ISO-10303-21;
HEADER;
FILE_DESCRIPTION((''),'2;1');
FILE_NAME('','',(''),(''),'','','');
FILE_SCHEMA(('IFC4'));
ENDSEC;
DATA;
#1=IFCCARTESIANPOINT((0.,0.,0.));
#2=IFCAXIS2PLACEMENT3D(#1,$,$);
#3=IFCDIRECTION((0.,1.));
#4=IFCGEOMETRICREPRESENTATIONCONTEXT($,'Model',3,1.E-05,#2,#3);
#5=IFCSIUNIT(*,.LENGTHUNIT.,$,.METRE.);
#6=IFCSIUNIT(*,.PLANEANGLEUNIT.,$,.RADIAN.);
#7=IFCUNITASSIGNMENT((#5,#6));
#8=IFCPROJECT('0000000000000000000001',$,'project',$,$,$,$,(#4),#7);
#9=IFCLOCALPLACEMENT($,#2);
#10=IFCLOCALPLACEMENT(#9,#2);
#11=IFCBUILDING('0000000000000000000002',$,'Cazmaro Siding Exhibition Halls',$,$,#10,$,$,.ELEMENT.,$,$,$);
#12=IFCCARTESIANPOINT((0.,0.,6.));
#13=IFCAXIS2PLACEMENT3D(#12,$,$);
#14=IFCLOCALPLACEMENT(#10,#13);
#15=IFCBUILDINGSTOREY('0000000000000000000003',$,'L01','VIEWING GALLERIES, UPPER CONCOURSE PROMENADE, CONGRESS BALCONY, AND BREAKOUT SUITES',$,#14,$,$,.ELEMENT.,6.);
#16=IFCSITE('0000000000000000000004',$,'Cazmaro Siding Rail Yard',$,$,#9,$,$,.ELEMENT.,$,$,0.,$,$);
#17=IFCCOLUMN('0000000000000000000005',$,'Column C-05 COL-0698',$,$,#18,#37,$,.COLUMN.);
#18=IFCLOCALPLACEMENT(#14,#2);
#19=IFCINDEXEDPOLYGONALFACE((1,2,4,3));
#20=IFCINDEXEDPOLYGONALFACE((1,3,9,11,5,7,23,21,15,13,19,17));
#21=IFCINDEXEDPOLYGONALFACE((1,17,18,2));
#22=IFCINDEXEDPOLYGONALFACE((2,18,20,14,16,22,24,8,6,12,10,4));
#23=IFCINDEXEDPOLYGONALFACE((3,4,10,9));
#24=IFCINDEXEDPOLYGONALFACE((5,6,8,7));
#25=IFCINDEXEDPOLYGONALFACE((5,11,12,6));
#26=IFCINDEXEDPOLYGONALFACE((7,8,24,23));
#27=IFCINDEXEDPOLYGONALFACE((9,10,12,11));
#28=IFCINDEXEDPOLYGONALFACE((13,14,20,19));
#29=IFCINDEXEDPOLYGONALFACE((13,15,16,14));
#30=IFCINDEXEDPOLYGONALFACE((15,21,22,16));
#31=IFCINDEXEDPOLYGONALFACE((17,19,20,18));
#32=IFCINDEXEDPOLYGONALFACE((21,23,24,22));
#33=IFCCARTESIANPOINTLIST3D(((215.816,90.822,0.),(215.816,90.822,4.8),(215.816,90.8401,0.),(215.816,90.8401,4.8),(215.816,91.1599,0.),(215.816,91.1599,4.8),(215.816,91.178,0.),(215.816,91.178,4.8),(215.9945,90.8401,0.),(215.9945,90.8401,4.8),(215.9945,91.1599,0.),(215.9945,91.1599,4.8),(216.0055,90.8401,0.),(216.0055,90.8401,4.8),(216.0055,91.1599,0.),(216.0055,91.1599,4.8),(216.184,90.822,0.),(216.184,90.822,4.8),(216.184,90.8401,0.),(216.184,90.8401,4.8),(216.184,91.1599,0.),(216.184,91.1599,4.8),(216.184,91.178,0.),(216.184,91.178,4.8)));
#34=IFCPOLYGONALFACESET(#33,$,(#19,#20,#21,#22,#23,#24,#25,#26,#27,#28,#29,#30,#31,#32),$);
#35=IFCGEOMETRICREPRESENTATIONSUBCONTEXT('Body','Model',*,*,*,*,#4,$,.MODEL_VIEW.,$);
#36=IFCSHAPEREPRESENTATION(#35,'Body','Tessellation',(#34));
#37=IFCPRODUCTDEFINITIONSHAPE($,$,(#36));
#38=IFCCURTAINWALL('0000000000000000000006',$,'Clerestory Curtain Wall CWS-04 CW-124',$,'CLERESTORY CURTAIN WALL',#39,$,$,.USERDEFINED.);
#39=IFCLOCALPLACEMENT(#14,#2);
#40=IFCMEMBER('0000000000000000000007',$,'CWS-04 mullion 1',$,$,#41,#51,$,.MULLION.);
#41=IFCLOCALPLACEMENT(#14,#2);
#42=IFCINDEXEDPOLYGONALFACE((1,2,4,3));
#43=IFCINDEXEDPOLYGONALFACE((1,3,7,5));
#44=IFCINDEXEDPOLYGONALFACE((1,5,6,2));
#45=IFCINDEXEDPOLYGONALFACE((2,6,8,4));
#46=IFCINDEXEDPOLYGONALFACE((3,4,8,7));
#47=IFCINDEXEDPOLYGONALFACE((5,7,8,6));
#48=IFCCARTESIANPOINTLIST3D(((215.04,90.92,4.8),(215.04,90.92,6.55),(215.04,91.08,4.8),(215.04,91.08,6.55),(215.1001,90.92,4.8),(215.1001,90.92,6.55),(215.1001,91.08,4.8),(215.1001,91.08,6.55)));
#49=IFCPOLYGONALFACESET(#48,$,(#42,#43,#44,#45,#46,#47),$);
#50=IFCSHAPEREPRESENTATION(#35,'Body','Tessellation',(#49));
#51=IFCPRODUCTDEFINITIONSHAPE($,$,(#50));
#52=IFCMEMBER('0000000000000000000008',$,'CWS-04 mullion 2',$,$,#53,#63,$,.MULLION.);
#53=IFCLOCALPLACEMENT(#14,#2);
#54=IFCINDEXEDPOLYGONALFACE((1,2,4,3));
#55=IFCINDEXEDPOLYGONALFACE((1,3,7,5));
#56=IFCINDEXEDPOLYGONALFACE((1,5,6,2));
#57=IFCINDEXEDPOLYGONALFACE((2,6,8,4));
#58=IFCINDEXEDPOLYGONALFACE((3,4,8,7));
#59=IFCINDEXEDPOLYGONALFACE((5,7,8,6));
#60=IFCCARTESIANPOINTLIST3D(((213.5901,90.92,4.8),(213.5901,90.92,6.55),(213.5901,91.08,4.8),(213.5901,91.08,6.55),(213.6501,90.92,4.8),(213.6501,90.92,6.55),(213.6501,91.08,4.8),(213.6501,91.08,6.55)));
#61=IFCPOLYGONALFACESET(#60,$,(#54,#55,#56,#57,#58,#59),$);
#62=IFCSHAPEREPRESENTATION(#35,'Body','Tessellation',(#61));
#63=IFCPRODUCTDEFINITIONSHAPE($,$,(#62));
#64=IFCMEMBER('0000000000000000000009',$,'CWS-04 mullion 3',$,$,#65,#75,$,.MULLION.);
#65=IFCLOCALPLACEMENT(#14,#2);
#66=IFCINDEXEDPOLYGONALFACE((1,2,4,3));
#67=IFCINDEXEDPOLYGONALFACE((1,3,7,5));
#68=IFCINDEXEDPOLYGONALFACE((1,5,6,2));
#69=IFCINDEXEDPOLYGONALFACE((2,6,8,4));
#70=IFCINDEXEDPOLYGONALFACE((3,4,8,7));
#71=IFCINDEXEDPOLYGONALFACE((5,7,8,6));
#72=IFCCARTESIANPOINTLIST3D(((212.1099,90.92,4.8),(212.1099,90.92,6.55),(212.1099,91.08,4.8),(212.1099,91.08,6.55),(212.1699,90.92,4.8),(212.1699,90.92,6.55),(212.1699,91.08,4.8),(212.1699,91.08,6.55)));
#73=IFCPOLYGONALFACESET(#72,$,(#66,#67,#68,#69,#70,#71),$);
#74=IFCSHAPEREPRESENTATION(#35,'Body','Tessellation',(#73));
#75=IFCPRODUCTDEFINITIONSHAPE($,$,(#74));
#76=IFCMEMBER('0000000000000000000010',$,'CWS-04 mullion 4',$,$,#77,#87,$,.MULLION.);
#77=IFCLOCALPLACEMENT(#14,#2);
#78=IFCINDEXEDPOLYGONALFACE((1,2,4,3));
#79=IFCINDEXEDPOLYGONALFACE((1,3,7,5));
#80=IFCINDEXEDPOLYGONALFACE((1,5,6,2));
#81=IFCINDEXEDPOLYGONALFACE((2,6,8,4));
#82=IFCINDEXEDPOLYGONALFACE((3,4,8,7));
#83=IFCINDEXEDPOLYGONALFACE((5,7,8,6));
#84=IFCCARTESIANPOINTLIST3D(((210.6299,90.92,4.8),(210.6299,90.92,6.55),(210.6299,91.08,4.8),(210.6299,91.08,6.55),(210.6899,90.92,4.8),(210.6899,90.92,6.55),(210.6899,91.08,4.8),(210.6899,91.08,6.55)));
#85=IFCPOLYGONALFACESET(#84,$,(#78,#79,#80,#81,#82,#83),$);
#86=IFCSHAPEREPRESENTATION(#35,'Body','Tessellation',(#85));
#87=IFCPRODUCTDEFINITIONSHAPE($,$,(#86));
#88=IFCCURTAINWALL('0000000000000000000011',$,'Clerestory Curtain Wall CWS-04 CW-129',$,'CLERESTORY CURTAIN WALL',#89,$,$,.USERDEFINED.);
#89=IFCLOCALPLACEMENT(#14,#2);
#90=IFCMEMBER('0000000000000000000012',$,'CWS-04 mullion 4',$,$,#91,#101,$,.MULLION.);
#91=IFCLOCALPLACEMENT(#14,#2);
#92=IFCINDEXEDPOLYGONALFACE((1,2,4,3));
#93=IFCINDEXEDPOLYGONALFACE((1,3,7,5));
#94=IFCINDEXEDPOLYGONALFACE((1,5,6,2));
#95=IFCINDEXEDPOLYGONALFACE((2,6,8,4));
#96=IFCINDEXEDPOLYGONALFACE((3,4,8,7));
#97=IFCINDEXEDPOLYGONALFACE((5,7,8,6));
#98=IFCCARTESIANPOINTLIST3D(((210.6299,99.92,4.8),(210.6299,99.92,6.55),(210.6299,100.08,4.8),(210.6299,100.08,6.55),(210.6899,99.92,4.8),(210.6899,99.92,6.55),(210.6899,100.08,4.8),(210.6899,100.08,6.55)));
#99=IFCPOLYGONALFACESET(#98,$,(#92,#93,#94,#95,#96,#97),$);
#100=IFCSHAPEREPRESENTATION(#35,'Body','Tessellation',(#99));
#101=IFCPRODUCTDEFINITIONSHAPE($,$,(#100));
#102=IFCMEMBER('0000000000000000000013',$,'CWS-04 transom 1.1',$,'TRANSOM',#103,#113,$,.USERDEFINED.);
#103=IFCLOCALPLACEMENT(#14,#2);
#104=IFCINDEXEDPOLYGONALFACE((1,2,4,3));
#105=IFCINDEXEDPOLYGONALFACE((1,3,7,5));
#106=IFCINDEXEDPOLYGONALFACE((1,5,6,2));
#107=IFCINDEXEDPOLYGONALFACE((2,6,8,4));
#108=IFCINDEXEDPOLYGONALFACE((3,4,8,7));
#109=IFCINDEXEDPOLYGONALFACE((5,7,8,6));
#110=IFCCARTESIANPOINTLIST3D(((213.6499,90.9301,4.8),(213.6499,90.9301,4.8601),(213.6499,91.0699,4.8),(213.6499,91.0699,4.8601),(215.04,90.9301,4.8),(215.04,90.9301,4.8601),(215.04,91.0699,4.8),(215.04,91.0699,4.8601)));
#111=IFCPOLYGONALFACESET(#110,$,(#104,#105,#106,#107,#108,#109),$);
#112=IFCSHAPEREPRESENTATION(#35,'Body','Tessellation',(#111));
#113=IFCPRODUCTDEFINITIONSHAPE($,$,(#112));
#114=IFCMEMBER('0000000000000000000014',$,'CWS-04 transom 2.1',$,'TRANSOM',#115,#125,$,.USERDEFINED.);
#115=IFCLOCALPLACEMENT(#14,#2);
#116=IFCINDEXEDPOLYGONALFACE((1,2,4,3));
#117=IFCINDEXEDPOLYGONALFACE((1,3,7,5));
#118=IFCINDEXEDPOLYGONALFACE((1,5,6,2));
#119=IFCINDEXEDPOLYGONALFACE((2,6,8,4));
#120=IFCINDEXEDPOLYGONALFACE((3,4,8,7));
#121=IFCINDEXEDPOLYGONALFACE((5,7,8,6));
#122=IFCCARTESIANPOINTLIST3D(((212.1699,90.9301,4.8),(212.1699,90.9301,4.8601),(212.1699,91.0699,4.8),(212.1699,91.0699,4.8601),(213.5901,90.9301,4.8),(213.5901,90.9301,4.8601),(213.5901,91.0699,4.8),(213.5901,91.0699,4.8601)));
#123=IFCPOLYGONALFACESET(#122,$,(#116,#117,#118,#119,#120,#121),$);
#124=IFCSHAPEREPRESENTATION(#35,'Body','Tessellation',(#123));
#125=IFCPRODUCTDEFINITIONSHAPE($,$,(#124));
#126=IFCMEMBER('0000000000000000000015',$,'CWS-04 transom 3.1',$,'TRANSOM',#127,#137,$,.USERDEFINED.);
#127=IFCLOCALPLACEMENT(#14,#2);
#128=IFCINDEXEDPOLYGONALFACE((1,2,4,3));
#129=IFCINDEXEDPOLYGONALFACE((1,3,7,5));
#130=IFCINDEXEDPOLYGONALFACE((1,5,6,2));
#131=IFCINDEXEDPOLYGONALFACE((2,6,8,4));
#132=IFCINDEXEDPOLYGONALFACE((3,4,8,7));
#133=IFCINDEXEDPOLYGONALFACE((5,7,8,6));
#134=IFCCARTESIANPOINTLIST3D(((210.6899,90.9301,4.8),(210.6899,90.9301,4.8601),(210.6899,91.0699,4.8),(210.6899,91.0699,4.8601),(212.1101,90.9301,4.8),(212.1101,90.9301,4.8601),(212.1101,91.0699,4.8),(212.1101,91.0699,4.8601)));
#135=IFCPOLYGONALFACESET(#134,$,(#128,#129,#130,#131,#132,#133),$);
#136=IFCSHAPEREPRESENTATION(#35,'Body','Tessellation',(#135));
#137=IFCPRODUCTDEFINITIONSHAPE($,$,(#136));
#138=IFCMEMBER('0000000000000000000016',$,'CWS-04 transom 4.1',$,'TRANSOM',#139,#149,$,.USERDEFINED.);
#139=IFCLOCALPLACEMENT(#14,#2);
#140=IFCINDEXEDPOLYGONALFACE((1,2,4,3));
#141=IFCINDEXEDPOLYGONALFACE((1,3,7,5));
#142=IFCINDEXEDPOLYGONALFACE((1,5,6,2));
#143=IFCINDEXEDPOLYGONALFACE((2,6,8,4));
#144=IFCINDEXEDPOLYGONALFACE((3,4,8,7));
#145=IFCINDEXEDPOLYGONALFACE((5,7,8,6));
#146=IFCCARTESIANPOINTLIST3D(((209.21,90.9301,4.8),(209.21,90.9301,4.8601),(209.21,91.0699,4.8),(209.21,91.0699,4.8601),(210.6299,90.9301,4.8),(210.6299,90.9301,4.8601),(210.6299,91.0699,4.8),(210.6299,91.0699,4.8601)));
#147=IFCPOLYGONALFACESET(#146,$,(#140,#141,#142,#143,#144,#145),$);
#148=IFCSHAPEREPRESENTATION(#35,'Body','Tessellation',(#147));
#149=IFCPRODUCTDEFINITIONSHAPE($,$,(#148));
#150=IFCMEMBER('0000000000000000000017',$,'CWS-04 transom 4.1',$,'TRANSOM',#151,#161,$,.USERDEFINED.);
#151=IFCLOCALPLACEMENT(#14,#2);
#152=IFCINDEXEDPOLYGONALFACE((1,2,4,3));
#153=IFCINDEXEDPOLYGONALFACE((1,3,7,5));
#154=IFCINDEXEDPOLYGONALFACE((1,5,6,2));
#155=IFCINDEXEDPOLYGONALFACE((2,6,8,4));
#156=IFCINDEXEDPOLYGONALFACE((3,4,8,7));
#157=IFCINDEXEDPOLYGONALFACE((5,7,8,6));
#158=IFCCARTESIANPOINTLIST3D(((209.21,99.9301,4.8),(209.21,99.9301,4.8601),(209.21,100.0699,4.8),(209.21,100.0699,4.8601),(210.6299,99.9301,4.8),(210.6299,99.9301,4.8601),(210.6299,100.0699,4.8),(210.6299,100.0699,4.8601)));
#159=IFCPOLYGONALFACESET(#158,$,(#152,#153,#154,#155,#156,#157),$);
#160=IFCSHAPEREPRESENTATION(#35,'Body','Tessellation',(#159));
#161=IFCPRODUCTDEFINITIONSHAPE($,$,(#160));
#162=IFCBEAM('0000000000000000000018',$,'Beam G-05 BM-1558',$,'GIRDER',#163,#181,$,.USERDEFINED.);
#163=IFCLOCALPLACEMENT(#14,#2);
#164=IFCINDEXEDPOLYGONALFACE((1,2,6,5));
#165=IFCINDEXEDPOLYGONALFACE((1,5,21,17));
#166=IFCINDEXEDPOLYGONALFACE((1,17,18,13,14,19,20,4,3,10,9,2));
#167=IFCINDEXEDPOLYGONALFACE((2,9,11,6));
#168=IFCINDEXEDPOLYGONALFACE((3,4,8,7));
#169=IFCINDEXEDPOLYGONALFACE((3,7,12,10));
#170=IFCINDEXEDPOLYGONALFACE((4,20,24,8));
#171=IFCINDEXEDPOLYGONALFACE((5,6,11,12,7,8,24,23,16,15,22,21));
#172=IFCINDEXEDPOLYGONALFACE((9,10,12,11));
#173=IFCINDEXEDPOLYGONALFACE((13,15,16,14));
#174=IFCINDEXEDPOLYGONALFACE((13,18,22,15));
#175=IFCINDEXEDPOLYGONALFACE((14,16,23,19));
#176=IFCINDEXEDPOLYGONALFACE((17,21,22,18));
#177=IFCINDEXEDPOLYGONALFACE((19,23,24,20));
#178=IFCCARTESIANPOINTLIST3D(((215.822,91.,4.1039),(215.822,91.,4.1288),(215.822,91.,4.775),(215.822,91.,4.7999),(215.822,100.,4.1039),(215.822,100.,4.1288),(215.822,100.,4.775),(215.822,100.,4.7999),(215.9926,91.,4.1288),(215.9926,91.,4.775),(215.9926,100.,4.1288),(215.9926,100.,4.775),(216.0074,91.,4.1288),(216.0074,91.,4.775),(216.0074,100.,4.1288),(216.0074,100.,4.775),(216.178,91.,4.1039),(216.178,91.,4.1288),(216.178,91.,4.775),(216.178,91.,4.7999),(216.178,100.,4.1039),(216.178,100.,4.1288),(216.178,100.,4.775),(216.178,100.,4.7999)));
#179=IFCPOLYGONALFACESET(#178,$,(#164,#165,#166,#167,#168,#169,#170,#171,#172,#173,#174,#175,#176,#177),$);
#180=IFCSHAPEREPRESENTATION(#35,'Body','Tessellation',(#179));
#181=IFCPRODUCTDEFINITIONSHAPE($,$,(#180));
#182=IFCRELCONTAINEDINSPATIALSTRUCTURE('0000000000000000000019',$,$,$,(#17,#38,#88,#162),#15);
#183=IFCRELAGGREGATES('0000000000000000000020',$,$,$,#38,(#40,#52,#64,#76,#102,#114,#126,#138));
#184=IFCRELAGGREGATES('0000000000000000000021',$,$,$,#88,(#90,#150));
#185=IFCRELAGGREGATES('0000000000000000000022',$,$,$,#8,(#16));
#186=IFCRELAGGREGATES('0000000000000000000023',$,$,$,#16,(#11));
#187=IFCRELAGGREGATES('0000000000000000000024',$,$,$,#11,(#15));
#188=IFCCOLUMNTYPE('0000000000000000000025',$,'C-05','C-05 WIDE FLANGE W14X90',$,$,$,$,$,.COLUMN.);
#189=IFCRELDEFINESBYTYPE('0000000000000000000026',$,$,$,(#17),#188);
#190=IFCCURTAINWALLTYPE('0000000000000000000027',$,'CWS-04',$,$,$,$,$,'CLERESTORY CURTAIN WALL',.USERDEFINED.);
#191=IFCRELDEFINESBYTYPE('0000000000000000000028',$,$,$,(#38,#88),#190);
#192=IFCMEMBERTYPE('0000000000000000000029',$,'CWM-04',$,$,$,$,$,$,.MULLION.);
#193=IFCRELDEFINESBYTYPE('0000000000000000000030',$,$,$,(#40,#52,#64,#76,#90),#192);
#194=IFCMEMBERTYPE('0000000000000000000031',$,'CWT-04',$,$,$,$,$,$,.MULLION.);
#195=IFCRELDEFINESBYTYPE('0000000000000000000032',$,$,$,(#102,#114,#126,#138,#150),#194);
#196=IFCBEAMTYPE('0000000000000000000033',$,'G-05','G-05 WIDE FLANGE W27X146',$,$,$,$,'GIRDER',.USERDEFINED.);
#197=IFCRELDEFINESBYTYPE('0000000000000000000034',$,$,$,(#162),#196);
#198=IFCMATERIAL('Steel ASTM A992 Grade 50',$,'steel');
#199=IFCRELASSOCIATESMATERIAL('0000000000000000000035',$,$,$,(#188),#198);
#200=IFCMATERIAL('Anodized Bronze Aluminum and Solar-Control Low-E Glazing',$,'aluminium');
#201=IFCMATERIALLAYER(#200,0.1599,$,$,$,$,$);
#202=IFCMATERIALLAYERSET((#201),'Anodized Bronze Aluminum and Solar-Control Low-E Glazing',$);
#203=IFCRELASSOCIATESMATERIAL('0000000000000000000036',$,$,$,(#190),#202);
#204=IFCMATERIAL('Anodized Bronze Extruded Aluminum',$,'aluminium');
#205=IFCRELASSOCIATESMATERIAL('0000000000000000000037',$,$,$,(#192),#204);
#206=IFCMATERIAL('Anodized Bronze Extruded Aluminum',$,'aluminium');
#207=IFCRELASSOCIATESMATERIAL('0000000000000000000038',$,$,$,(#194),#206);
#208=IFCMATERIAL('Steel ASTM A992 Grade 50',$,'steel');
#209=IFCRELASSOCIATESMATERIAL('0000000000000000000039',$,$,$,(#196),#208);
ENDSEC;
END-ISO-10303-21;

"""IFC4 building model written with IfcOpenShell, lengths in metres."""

from ifc_helpers import new_model, si_unit, direction, frame, origin, origin_2d, place, context, subcontext, project, spatial, rectangle, i_section, extrude, material, layer, layer_set, material_profile, profile_set, type_object, element, aggregate, save


model = new_model("IFC4")

# Units and contexts
model_context = context("Model", 3, precision=1e-05, world=origin(), true_north=direction((0.0, 1.0)))
body_context = subcontext(model_context, "Body", "Model", "MODEL_VIEW")
ifc_project = project(units=[si_unit("LENGTHUNIT", "METRE"), si_unit("PLANEANGLEUNIT", "RADIAN")], contexts=[model_context])

# Site, building, storey
site_placement = place(None, origin())
site = spatial("IfcSite", under=ifc_project, at=site_placement, Name="Cazmaro Siding Rail Yard", CompositionType="ELEMENT", RefElevation=0.0)
building_placement = place(site_placement, origin())
building = spatial("IfcBuilding", under=site, at=building_placement, Name="Cazmaro Siding Exhibition Halls", CompositionType="ELEMENT")
storey_placement = place(building_placement, frame((0.0, 0.0, 6.0)))
storey = spatial("IfcBuildingStorey", under=building, at=storey_placement, Name="L01", Description="VIEWING GALLERIES, UPPER CONCOURSE PROMENADE, CONGRESS BALCONY, AND BREAKOUT SUITES", CompositionType="ELEMENT", Elevation=6.0)

# Column
ifc_material_1 = material(Name="Steel ASTM A992 Grade 50", Category="steel")
ifc_material_profile_1 = material_profile(ifc_material_1, i_section(OverallWidth=0.3679, OverallDepth=0.356, WebThickness=0.011, FlangeThickness=0.0181, at=origin_2d()), Name="W14X90")
ifc_profile_set_1 = profile_set([ifc_material_profile_1], Name="Steel ASTM A992 Grade 50")
column_type = type_object("IfcColumnType", Name="C-05", Description="C-05 WIDE FLANGE W14X90", PredefinedType="COLUMN", material=ifc_profile_set_1)
column_placement = place(storey_placement, frame((216.0, 91.0, 0.0), z_axis=(0.0, 0.0, 1.0), x_axis=(1.0, 0.0, 0.0)))
element("IfcColumn", 1, at=column_placement, inside=storey, type_object=column_type, Name="Column C-05 COL-0698", PredefinedType="COLUMN", context=body_context, shape_type="SweptSolid", body=[
    extrude(i_section(OverallWidth=0.3679, OverallDepth=0.356, WebThickness=0.011, FlangeThickness=0.0181, at=origin_2d()), origin(), (0.0, 0.0, 1.0), 4.8),
])

# Curtain wall, members
ifc_material_2 = material(Name="Anodized Bronze Aluminum and Solar-Control Low-E Glazing", Category="aluminium")
ifc_layer = layer(ifc_material_2, 0.1599)
ifc_layer_set = layer_set([ifc_layer], Name="Anodized Bronze Aluminum and Solar-Control Low-E Glazing")
curtain_wall_type = type_object("IfcCurtainWallType", Name="CWS-04", ElementType="CLERESTORY CURTAIN WALL", PredefinedType="USERDEFINED", material=ifc_layer_set)
curtain_wall_1_placement = place(storey_placement, origin())
curtain_wall_1 = element("IfcCurtainWall", 2, at=curtain_wall_1_placement, inside=storey, type_object=curtain_wall_type, Name="Clerestory Curtain Wall CWS-04 CW-124", ObjectType="CLERESTORY CURTAIN WALL", PredefinedType="USERDEFINED")
ifc_material_3 = material(Name="Anodized Bronze Extruded Aluminum", Category="aluminium")
ifc_material_profile_2 = material_profile(ifc_material_3, rectangle(XDim=0.1599, YDim=0.0601, at=origin_2d()), Name="CWM-04")
ifc_profile_set_2 = profile_set([ifc_material_profile_2], Name="Anodized Bronze Extruded Aluminum")
member_type_1 = type_object("IfcMemberType", Name="CWM-04", PredefinedType="MULLION", material=ifc_profile_set_2)
member_1_placement = place(storey_placement, frame((215.0701, 91.0, 4.8), z_axis=(0.0, 0.0, 1.0), x_axis=(0.0, -1.0, 0.0)))
member_1 = element("IfcMember", 3, at=member_1_placement, type_object=member_type_1, Name="CWS-04 mullion 1", PredefinedType="MULLION", context=body_context, shape_type="SweptSolid", body=[
    extrude(rectangle(XDim=0.1599, YDim=0.0601, at=origin_2d()), origin(), (0.0, 0.0, 1.0), 1.75),
])
member_2_placement = place(storey_placement, frame((213.6201, 91.0, 4.8), z_axis=(0.0, 0.0, 1.0), x_axis=(0.0, -1.0, 0.0)))
member_2 = element("IfcMember", 4, at=member_2_placement, type_object=member_type_1, Name="CWS-04 mullion 2", PredefinedType="MULLION", context=body_context, shape_type="SweptSolid", body=[
    extrude(rectangle(XDim=0.1599, YDim=0.0601, at=origin_2d()), origin(), (0.0, 0.0, 1.0), 1.75),
])
member_3_placement = place(storey_placement, frame((212.1399, 91.0, 4.8), z_axis=(0.0, 0.0, 1.0), x_axis=(0.0, -1.0, 0.0)))
member_3 = element("IfcMember", 5, at=member_3_placement, type_object=member_type_1, Name="CWS-04 mullion 3", PredefinedType="MULLION", context=body_context, shape_type="SweptSolid", body=[
    extrude(rectangle(XDim=0.1599, YDim=0.0601, at=origin_2d()), origin(), (0.0, 0.0, 1.0), 1.75),
])
member_4_placement = place(storey_placement, frame((210.6599, 91.0, 4.8), z_axis=(0.0, 0.0, 1.0), x_axis=(0.0, -1.0, 0.0)))
member_4 = element("IfcMember", 6, at=member_4_placement, type_object=member_type_1, Name="CWS-04 mullion 4", PredefinedType="MULLION", context=body_context, shape_type="SweptSolid", body=[
    extrude(rectangle(XDim=0.1599, YDim=0.0601, at=origin_2d()), origin(), (0.0, 0.0, 1.0), 1.75),
])

# Curtain wall, member
curtain_wall_2_placement = place(storey_placement, origin())
curtain_wall_2 = element("IfcCurtainWall", 7, at=curtain_wall_2_placement, inside=storey, type_object=curtain_wall_type, Name="Clerestory Curtain Wall CWS-04 CW-129", ObjectType="CLERESTORY CURTAIN WALL", PredefinedType="USERDEFINED")
member_5_placement = place(storey_placement, frame((210.6599, 100.0, 4.8), z_axis=(0.0, 0.0, 1.0), x_axis=(0.0, -1.0, 0.0)))
member_5 = element("IfcMember", 8, at=member_5_placement, type_object=member_type_1, Name="CWS-04 mullion 4", PredefinedType="MULLION", context=body_context, shape_type="SweptSolid", body=[
    extrude(rectangle(XDim=0.1599, YDim=0.0601, at=origin_2d()), origin(), (0.0, 0.0, 1.0), 1.75),
])

# Members
ifc_material_4 = material(Name="Anodized Bronze Extruded Aluminum", Category="aluminium")
ifc_material_profile_3 = material_profile(ifc_material_4, rectangle(XDim=0.1399, YDim=0.0601, at=origin_2d()), Name="CWT-04")
ifc_profile_set_3 = profile_set([ifc_material_profile_3], Name="Anodized Bronze Extruded Aluminum")
member_type_2 = type_object("IfcMemberType", Name="CWT-04", PredefinedType="MULLION", material=ifc_profile_set_3)
member_6_placement = place(storey_placement, frame((215.04, 91.0, 4.8301), z_axis=(-1.0, 0.0, 0.0), x_axis=(0.0, -1.0, 0.0)))
member_6 = element("IfcMember", 9, at=member_6_placement, type_object=member_type_2, Name="CWS-04 transom 1.1", ObjectType="TRANSOM", PredefinedType="USERDEFINED", context=body_context, shape_type="SweptSolid", body=[
    extrude(rectangle(XDim=0.1399, YDim=0.0601, at=origin_2d()), origin(), (0.0, 0.0, 1.0), 1.3901),
])
member_7_placement = place(storey_placement, frame((213.5901, 91.0, 4.8301), z_axis=(-1.0, 0.0, 0.0), x_axis=(0.0, -1.0, 0.0)))
member_7 = element("IfcMember", 10, at=member_7_placement, type_object=member_type_2, Name="CWS-04 transom 2.1", ObjectType="TRANSOM", PredefinedType="USERDEFINED", context=body_context, shape_type="SweptSolid", body=[
    extrude(rectangle(XDim=0.1399, YDim=0.0601, at=origin_2d()), origin(), (0.0, 0.0, 1.0), 1.4202),
])
member_8_placement = place(storey_placement, frame((212.1101, 91.0, 4.8301), z_axis=(-1.0, 0.0, 0.0), x_axis=(0.0, -1.0, 0.0)))
member_8 = element("IfcMember", 11, at=member_8_placement, type_object=member_type_2, Name="CWS-04 transom 3.1", ObjectType="TRANSOM", PredefinedType="USERDEFINED", context=body_context, shape_type="SweptSolid", body=[
    extrude(rectangle(XDim=0.1399, YDim=0.0601, at=origin_2d()), origin(), (0.0, 0.0, 1.0), 1.4202),
])
member_9_placement = place(storey_placement, frame((210.6299, 91.0, 4.8301), z_axis=(-1.0, 0.0, 0.0), x_axis=(0.0, -1.0, 0.0)))
member_9 = element("IfcMember", 12, at=member_9_placement, type_object=member_type_2, Name="CWS-04 transom 4.1", ObjectType="TRANSOM", PredefinedType="USERDEFINED", context=body_context, shape_type="SweptSolid", body=[
    extrude(rectangle(XDim=0.1399, YDim=0.0601, at=origin_2d()), origin(), (0.0, 0.0, 1.0), 1.4199),
])
aggregate(curtain_wall_1, [member_1, member_2, member_3, member_4, member_6, member_7, member_8, member_9])
member_10_placement = place(storey_placement, frame((210.6299, 100.0, 4.8301), z_axis=(-1.0, 0.0, 0.0), x_axis=(0.0, -1.0, 0.0)))
member_10 = element("IfcMember", 13, at=member_10_placement, type_object=member_type_2, Name="CWS-04 transom 4.1", ObjectType="TRANSOM", PredefinedType="USERDEFINED", context=body_context, shape_type="SweptSolid", body=[
    extrude(rectangle(XDim=0.1399, YDim=0.0601, at=origin_2d()), origin(), (0.0, 0.0, 1.0), 1.4199),
])
aggregate(curtain_wall_2, [member_5, member_10])

# Beam
ifc_material_5 = material(Name="Steel ASTM A992 Grade 50", Category="steel")
ifc_material_profile_4 = material_profile(ifc_material_5, i_section(OverallWidth=0.356, OverallDepth=0.696, WebThickness=0.0149, FlangeThickness=0.0249, at=origin_2d()), Name="W27X146")
ifc_profile_set_4 = profile_set([ifc_material_profile_4], Name="Steel ASTM A992 Grade 50")
beam_type_1 = type_object("IfcBeamType", Name="G-05", Description="G-05 WIDE FLANGE W27X146", ElementType="GIRDER", PredefinedType="USERDEFINED", material=ifc_profile_set_4)
beam_1_placement = place(storey_placement, frame((216.0, 91.0, 4.4519), z_axis=(0.0, 1.0, 0.0), x_axis=(-1.0, 0.0, 0.0)))
element("IfcBeam", 14, at=beam_1_placement, inside=storey, type_object=beam_type_1, Name="Beam G-05 BM-1558", ObjectType="GIRDER", PredefinedType="USERDEFINED", context=body_context, shape_type="SweptSolid", body=[
    extrude(i_section(OverallWidth=0.356, OverallDepth=0.696, WebThickness=0.0149, FlangeThickness=0.0249, at=origin_2d()), origin(), (0.0, 0.0, 1.0), 9.0),
])

save(model, "model.ifc")
